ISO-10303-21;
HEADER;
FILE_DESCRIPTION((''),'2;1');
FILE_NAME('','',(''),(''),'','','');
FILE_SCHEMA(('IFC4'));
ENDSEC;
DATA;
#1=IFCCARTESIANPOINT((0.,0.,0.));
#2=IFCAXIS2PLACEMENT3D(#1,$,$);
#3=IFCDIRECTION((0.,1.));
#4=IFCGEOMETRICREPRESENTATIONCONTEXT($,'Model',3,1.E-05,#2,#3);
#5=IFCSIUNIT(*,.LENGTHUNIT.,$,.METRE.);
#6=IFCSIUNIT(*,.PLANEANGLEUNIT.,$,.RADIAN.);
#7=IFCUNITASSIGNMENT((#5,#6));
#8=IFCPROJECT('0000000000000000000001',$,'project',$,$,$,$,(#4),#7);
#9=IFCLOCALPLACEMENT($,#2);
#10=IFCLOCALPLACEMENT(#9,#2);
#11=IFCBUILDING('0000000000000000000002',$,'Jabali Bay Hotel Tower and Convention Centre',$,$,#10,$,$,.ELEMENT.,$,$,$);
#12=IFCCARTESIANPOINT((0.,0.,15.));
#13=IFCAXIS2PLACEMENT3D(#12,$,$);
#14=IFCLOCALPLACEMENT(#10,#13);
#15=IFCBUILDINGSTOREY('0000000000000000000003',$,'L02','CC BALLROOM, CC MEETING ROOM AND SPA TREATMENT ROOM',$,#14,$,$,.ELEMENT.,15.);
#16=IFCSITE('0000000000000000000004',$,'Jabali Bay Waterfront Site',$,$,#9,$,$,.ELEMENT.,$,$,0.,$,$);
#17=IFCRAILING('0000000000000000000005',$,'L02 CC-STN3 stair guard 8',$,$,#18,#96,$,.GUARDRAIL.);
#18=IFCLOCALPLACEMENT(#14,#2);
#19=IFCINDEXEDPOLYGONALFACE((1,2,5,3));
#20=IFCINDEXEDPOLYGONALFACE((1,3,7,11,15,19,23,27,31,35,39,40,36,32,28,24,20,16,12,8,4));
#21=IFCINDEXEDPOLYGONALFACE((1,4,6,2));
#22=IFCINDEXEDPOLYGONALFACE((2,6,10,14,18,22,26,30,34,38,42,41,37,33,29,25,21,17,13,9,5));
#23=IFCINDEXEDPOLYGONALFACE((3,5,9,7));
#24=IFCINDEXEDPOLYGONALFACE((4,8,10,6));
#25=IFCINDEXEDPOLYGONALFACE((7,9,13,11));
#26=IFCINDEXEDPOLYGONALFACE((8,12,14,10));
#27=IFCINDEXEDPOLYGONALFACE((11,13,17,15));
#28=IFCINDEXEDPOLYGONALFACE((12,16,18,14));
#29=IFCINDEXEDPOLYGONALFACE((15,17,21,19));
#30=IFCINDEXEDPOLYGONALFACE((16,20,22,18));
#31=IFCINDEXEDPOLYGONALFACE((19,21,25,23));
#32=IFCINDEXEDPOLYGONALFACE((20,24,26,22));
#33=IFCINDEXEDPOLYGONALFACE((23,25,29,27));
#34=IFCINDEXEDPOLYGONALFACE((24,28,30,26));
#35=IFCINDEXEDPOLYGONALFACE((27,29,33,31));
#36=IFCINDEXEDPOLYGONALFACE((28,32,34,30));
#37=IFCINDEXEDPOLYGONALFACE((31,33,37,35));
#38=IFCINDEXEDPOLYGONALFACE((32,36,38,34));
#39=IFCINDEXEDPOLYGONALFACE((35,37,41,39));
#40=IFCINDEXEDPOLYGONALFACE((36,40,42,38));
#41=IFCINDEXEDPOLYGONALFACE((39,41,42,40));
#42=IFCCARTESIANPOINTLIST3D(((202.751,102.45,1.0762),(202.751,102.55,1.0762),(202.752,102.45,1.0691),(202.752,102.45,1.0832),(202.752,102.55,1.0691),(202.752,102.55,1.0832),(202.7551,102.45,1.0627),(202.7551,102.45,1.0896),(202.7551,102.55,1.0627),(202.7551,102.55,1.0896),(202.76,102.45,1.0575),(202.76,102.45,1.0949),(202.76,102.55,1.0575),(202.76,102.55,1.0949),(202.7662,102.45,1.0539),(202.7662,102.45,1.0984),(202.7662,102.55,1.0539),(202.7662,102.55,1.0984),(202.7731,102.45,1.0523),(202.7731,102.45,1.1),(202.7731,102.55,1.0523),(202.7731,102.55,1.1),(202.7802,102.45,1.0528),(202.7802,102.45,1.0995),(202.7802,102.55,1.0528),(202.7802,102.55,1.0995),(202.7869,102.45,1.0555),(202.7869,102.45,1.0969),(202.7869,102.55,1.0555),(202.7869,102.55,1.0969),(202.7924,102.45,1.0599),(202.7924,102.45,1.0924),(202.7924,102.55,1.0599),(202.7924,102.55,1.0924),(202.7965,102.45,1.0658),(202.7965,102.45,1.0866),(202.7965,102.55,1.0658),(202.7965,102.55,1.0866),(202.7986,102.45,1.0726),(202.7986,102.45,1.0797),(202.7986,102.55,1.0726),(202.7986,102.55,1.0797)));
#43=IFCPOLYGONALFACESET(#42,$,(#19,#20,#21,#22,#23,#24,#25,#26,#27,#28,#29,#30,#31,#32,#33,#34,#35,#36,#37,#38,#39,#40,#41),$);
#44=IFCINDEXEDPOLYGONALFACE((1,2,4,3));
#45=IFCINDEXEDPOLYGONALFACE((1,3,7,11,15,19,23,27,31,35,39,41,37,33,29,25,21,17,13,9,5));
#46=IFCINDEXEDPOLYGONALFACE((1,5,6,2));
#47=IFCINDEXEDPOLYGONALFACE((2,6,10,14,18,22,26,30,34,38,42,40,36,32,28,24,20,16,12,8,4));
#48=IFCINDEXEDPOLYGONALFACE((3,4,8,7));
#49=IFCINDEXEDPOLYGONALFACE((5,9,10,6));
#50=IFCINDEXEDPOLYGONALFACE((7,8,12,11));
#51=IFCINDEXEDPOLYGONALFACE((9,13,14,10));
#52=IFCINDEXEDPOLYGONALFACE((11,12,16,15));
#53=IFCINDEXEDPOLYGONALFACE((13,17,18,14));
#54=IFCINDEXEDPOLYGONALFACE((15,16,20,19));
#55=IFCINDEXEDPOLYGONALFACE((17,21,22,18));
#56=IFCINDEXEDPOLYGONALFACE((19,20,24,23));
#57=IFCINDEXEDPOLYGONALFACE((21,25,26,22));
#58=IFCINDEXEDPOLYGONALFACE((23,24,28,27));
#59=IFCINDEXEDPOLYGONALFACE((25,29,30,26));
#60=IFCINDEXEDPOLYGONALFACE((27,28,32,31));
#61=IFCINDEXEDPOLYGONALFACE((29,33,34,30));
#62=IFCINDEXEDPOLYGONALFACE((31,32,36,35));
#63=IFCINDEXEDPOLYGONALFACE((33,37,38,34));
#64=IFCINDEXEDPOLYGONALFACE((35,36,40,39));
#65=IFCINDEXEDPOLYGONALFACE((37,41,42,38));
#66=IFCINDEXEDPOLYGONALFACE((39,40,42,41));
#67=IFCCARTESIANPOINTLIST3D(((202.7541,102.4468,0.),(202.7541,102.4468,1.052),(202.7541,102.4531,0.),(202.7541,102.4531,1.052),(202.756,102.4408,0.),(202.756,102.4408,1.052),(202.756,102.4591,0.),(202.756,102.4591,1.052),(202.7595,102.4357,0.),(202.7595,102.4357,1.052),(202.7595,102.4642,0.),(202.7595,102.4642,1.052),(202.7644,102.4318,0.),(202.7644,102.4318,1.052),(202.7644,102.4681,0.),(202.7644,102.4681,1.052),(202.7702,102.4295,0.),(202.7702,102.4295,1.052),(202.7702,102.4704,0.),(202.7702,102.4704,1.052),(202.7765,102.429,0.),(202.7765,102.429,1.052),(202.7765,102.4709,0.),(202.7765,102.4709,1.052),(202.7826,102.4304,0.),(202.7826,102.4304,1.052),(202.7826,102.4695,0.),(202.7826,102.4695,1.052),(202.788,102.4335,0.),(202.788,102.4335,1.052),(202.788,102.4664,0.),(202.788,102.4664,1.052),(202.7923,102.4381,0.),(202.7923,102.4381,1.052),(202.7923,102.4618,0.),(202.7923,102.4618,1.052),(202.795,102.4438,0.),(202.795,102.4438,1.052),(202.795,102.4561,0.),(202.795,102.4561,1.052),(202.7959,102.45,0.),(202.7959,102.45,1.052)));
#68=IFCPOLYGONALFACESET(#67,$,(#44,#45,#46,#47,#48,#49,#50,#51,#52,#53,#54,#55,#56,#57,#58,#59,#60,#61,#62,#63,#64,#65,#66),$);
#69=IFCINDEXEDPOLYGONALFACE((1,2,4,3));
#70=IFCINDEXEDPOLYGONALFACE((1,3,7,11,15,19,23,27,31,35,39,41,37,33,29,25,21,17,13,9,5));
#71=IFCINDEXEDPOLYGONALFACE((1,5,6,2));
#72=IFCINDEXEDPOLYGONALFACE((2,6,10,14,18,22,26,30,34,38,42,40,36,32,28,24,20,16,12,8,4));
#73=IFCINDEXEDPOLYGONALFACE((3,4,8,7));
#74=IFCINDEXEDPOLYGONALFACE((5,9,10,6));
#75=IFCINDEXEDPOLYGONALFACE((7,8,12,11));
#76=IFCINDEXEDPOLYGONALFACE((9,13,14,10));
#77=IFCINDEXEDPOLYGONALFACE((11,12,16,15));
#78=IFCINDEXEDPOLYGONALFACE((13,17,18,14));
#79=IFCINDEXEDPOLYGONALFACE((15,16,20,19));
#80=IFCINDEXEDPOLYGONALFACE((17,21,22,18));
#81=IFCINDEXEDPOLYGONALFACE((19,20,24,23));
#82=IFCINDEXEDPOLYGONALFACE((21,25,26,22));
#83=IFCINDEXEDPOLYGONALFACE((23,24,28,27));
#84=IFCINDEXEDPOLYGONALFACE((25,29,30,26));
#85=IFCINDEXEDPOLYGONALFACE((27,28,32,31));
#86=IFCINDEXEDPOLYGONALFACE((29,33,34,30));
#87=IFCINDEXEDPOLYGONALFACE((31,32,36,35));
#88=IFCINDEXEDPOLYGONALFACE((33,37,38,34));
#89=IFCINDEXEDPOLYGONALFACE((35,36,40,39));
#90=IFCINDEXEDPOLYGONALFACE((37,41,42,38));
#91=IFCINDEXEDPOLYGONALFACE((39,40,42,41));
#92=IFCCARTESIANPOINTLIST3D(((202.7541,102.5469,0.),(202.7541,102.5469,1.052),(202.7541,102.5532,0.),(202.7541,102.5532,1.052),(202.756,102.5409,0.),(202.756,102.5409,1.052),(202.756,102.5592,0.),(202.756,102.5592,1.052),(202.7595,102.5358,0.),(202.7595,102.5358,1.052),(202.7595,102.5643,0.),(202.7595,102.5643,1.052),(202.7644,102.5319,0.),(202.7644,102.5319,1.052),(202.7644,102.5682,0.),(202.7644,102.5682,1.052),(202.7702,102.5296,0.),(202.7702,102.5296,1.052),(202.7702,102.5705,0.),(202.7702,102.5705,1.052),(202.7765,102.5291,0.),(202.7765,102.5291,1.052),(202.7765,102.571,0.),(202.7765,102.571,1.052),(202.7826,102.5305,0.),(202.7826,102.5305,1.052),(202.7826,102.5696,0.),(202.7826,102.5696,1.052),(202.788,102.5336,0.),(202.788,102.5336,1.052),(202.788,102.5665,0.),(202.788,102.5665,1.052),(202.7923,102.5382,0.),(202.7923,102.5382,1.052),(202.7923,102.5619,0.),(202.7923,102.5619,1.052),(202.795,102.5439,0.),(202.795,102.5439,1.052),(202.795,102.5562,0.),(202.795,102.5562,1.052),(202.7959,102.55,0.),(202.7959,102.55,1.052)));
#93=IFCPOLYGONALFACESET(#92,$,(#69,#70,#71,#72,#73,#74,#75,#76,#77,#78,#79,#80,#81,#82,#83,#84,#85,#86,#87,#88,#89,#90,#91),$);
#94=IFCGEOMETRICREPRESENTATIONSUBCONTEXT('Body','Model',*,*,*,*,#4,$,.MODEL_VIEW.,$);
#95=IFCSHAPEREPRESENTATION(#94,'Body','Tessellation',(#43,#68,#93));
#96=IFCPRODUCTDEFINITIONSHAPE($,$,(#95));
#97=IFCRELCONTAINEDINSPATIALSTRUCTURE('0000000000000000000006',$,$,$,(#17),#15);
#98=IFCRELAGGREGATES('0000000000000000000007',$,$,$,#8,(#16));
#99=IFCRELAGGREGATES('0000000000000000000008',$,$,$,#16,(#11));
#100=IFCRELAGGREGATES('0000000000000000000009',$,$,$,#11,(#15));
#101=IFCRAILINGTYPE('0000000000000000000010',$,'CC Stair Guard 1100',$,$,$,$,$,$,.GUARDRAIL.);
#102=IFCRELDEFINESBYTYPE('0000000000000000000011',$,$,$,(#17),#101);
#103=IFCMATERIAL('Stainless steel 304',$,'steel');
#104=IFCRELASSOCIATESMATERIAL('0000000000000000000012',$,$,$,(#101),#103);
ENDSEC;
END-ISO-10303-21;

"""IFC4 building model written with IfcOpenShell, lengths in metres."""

from ifc_helpers import new_model, si_unit, direction, frame, origin, origin_2d, place, context, subcontext, project, spatial, circle, extrude, material, type_object, element, save


model = new_model("IFC4")

# Units and contexts
model_context = context("Model", 3, precision=1e-05, world=origin(), true_north=direction((0.0, 1.0)))
body_context = subcontext(model_context, "Body", "Model", "MODEL_VIEW")
ifc_project = project(units=[si_unit("LENGTHUNIT", "METRE"), si_unit("PLANEANGLEUNIT", "RADIAN")], contexts=[model_context])

# Site, building, storey
site_placement = place(None, origin())
site = spatial("IfcSite", under=ifc_project, at=site_placement, Name="Jabali Bay Waterfront Site", CompositionType="ELEMENT", RefElevation=0.0)
building_placement = place(site_placement, origin())
building = spatial("IfcBuilding", under=site, at=building_placement, Name="Jabali Bay Hotel Tower and Convention Centre", CompositionType="ELEMENT")
storey_placement = place(building_placement, frame((0.0, 0.0, 15.0)))
storey = spatial("IfcBuildingStorey", under=building, at=storey_placement, Name="L02", Description="CC BALLROOM, CC MEETING ROOM AND SPA TREATMENT ROOM", CompositionType="ELEMENT", Elevation=15.0)

# Railing
ifc_material_1 = material(Name="Stainless steel 304", Category="steel")
railing_type_1 = type_object("IfcRailingType", Name="CC Stair Guard 1100", PredefinedType="GUARDRAIL", material=ifc_material_1)
railing_1_placement = place(storey_placement, frame((202.7749, 102.45, 0.0)))
element("IfcRailing", 1, at=railing_1_placement, inside=storey, type_object=railing_type_1, Name="L02 CC-STN3 stair guard 8", PredefinedType="GUARDRAIL", context=body_context, shape_type="SweptSolid", body=[
    extrude(circle(Radius=0.0239, at=origin_2d()), frame((0.0, 0.0, 1.0762), z_axis=(0.0, 1.0, 0.0), x_axis=(-1.0, 0.0, 0.0)), (0.0, 0.0, 1.0), 0.1001),
    extrude(circle(Radius=0.021, at=origin_2d()), origin(), (0.0, 0.0, 1.0), 1.052),
    extrude(circle(Radius=0.021, at=origin_2d()), frame((0.0, 0.1001, 0.0)), (0.0, 0.0, 1.0), 1.052),
])

save(model, "model.ifc")
